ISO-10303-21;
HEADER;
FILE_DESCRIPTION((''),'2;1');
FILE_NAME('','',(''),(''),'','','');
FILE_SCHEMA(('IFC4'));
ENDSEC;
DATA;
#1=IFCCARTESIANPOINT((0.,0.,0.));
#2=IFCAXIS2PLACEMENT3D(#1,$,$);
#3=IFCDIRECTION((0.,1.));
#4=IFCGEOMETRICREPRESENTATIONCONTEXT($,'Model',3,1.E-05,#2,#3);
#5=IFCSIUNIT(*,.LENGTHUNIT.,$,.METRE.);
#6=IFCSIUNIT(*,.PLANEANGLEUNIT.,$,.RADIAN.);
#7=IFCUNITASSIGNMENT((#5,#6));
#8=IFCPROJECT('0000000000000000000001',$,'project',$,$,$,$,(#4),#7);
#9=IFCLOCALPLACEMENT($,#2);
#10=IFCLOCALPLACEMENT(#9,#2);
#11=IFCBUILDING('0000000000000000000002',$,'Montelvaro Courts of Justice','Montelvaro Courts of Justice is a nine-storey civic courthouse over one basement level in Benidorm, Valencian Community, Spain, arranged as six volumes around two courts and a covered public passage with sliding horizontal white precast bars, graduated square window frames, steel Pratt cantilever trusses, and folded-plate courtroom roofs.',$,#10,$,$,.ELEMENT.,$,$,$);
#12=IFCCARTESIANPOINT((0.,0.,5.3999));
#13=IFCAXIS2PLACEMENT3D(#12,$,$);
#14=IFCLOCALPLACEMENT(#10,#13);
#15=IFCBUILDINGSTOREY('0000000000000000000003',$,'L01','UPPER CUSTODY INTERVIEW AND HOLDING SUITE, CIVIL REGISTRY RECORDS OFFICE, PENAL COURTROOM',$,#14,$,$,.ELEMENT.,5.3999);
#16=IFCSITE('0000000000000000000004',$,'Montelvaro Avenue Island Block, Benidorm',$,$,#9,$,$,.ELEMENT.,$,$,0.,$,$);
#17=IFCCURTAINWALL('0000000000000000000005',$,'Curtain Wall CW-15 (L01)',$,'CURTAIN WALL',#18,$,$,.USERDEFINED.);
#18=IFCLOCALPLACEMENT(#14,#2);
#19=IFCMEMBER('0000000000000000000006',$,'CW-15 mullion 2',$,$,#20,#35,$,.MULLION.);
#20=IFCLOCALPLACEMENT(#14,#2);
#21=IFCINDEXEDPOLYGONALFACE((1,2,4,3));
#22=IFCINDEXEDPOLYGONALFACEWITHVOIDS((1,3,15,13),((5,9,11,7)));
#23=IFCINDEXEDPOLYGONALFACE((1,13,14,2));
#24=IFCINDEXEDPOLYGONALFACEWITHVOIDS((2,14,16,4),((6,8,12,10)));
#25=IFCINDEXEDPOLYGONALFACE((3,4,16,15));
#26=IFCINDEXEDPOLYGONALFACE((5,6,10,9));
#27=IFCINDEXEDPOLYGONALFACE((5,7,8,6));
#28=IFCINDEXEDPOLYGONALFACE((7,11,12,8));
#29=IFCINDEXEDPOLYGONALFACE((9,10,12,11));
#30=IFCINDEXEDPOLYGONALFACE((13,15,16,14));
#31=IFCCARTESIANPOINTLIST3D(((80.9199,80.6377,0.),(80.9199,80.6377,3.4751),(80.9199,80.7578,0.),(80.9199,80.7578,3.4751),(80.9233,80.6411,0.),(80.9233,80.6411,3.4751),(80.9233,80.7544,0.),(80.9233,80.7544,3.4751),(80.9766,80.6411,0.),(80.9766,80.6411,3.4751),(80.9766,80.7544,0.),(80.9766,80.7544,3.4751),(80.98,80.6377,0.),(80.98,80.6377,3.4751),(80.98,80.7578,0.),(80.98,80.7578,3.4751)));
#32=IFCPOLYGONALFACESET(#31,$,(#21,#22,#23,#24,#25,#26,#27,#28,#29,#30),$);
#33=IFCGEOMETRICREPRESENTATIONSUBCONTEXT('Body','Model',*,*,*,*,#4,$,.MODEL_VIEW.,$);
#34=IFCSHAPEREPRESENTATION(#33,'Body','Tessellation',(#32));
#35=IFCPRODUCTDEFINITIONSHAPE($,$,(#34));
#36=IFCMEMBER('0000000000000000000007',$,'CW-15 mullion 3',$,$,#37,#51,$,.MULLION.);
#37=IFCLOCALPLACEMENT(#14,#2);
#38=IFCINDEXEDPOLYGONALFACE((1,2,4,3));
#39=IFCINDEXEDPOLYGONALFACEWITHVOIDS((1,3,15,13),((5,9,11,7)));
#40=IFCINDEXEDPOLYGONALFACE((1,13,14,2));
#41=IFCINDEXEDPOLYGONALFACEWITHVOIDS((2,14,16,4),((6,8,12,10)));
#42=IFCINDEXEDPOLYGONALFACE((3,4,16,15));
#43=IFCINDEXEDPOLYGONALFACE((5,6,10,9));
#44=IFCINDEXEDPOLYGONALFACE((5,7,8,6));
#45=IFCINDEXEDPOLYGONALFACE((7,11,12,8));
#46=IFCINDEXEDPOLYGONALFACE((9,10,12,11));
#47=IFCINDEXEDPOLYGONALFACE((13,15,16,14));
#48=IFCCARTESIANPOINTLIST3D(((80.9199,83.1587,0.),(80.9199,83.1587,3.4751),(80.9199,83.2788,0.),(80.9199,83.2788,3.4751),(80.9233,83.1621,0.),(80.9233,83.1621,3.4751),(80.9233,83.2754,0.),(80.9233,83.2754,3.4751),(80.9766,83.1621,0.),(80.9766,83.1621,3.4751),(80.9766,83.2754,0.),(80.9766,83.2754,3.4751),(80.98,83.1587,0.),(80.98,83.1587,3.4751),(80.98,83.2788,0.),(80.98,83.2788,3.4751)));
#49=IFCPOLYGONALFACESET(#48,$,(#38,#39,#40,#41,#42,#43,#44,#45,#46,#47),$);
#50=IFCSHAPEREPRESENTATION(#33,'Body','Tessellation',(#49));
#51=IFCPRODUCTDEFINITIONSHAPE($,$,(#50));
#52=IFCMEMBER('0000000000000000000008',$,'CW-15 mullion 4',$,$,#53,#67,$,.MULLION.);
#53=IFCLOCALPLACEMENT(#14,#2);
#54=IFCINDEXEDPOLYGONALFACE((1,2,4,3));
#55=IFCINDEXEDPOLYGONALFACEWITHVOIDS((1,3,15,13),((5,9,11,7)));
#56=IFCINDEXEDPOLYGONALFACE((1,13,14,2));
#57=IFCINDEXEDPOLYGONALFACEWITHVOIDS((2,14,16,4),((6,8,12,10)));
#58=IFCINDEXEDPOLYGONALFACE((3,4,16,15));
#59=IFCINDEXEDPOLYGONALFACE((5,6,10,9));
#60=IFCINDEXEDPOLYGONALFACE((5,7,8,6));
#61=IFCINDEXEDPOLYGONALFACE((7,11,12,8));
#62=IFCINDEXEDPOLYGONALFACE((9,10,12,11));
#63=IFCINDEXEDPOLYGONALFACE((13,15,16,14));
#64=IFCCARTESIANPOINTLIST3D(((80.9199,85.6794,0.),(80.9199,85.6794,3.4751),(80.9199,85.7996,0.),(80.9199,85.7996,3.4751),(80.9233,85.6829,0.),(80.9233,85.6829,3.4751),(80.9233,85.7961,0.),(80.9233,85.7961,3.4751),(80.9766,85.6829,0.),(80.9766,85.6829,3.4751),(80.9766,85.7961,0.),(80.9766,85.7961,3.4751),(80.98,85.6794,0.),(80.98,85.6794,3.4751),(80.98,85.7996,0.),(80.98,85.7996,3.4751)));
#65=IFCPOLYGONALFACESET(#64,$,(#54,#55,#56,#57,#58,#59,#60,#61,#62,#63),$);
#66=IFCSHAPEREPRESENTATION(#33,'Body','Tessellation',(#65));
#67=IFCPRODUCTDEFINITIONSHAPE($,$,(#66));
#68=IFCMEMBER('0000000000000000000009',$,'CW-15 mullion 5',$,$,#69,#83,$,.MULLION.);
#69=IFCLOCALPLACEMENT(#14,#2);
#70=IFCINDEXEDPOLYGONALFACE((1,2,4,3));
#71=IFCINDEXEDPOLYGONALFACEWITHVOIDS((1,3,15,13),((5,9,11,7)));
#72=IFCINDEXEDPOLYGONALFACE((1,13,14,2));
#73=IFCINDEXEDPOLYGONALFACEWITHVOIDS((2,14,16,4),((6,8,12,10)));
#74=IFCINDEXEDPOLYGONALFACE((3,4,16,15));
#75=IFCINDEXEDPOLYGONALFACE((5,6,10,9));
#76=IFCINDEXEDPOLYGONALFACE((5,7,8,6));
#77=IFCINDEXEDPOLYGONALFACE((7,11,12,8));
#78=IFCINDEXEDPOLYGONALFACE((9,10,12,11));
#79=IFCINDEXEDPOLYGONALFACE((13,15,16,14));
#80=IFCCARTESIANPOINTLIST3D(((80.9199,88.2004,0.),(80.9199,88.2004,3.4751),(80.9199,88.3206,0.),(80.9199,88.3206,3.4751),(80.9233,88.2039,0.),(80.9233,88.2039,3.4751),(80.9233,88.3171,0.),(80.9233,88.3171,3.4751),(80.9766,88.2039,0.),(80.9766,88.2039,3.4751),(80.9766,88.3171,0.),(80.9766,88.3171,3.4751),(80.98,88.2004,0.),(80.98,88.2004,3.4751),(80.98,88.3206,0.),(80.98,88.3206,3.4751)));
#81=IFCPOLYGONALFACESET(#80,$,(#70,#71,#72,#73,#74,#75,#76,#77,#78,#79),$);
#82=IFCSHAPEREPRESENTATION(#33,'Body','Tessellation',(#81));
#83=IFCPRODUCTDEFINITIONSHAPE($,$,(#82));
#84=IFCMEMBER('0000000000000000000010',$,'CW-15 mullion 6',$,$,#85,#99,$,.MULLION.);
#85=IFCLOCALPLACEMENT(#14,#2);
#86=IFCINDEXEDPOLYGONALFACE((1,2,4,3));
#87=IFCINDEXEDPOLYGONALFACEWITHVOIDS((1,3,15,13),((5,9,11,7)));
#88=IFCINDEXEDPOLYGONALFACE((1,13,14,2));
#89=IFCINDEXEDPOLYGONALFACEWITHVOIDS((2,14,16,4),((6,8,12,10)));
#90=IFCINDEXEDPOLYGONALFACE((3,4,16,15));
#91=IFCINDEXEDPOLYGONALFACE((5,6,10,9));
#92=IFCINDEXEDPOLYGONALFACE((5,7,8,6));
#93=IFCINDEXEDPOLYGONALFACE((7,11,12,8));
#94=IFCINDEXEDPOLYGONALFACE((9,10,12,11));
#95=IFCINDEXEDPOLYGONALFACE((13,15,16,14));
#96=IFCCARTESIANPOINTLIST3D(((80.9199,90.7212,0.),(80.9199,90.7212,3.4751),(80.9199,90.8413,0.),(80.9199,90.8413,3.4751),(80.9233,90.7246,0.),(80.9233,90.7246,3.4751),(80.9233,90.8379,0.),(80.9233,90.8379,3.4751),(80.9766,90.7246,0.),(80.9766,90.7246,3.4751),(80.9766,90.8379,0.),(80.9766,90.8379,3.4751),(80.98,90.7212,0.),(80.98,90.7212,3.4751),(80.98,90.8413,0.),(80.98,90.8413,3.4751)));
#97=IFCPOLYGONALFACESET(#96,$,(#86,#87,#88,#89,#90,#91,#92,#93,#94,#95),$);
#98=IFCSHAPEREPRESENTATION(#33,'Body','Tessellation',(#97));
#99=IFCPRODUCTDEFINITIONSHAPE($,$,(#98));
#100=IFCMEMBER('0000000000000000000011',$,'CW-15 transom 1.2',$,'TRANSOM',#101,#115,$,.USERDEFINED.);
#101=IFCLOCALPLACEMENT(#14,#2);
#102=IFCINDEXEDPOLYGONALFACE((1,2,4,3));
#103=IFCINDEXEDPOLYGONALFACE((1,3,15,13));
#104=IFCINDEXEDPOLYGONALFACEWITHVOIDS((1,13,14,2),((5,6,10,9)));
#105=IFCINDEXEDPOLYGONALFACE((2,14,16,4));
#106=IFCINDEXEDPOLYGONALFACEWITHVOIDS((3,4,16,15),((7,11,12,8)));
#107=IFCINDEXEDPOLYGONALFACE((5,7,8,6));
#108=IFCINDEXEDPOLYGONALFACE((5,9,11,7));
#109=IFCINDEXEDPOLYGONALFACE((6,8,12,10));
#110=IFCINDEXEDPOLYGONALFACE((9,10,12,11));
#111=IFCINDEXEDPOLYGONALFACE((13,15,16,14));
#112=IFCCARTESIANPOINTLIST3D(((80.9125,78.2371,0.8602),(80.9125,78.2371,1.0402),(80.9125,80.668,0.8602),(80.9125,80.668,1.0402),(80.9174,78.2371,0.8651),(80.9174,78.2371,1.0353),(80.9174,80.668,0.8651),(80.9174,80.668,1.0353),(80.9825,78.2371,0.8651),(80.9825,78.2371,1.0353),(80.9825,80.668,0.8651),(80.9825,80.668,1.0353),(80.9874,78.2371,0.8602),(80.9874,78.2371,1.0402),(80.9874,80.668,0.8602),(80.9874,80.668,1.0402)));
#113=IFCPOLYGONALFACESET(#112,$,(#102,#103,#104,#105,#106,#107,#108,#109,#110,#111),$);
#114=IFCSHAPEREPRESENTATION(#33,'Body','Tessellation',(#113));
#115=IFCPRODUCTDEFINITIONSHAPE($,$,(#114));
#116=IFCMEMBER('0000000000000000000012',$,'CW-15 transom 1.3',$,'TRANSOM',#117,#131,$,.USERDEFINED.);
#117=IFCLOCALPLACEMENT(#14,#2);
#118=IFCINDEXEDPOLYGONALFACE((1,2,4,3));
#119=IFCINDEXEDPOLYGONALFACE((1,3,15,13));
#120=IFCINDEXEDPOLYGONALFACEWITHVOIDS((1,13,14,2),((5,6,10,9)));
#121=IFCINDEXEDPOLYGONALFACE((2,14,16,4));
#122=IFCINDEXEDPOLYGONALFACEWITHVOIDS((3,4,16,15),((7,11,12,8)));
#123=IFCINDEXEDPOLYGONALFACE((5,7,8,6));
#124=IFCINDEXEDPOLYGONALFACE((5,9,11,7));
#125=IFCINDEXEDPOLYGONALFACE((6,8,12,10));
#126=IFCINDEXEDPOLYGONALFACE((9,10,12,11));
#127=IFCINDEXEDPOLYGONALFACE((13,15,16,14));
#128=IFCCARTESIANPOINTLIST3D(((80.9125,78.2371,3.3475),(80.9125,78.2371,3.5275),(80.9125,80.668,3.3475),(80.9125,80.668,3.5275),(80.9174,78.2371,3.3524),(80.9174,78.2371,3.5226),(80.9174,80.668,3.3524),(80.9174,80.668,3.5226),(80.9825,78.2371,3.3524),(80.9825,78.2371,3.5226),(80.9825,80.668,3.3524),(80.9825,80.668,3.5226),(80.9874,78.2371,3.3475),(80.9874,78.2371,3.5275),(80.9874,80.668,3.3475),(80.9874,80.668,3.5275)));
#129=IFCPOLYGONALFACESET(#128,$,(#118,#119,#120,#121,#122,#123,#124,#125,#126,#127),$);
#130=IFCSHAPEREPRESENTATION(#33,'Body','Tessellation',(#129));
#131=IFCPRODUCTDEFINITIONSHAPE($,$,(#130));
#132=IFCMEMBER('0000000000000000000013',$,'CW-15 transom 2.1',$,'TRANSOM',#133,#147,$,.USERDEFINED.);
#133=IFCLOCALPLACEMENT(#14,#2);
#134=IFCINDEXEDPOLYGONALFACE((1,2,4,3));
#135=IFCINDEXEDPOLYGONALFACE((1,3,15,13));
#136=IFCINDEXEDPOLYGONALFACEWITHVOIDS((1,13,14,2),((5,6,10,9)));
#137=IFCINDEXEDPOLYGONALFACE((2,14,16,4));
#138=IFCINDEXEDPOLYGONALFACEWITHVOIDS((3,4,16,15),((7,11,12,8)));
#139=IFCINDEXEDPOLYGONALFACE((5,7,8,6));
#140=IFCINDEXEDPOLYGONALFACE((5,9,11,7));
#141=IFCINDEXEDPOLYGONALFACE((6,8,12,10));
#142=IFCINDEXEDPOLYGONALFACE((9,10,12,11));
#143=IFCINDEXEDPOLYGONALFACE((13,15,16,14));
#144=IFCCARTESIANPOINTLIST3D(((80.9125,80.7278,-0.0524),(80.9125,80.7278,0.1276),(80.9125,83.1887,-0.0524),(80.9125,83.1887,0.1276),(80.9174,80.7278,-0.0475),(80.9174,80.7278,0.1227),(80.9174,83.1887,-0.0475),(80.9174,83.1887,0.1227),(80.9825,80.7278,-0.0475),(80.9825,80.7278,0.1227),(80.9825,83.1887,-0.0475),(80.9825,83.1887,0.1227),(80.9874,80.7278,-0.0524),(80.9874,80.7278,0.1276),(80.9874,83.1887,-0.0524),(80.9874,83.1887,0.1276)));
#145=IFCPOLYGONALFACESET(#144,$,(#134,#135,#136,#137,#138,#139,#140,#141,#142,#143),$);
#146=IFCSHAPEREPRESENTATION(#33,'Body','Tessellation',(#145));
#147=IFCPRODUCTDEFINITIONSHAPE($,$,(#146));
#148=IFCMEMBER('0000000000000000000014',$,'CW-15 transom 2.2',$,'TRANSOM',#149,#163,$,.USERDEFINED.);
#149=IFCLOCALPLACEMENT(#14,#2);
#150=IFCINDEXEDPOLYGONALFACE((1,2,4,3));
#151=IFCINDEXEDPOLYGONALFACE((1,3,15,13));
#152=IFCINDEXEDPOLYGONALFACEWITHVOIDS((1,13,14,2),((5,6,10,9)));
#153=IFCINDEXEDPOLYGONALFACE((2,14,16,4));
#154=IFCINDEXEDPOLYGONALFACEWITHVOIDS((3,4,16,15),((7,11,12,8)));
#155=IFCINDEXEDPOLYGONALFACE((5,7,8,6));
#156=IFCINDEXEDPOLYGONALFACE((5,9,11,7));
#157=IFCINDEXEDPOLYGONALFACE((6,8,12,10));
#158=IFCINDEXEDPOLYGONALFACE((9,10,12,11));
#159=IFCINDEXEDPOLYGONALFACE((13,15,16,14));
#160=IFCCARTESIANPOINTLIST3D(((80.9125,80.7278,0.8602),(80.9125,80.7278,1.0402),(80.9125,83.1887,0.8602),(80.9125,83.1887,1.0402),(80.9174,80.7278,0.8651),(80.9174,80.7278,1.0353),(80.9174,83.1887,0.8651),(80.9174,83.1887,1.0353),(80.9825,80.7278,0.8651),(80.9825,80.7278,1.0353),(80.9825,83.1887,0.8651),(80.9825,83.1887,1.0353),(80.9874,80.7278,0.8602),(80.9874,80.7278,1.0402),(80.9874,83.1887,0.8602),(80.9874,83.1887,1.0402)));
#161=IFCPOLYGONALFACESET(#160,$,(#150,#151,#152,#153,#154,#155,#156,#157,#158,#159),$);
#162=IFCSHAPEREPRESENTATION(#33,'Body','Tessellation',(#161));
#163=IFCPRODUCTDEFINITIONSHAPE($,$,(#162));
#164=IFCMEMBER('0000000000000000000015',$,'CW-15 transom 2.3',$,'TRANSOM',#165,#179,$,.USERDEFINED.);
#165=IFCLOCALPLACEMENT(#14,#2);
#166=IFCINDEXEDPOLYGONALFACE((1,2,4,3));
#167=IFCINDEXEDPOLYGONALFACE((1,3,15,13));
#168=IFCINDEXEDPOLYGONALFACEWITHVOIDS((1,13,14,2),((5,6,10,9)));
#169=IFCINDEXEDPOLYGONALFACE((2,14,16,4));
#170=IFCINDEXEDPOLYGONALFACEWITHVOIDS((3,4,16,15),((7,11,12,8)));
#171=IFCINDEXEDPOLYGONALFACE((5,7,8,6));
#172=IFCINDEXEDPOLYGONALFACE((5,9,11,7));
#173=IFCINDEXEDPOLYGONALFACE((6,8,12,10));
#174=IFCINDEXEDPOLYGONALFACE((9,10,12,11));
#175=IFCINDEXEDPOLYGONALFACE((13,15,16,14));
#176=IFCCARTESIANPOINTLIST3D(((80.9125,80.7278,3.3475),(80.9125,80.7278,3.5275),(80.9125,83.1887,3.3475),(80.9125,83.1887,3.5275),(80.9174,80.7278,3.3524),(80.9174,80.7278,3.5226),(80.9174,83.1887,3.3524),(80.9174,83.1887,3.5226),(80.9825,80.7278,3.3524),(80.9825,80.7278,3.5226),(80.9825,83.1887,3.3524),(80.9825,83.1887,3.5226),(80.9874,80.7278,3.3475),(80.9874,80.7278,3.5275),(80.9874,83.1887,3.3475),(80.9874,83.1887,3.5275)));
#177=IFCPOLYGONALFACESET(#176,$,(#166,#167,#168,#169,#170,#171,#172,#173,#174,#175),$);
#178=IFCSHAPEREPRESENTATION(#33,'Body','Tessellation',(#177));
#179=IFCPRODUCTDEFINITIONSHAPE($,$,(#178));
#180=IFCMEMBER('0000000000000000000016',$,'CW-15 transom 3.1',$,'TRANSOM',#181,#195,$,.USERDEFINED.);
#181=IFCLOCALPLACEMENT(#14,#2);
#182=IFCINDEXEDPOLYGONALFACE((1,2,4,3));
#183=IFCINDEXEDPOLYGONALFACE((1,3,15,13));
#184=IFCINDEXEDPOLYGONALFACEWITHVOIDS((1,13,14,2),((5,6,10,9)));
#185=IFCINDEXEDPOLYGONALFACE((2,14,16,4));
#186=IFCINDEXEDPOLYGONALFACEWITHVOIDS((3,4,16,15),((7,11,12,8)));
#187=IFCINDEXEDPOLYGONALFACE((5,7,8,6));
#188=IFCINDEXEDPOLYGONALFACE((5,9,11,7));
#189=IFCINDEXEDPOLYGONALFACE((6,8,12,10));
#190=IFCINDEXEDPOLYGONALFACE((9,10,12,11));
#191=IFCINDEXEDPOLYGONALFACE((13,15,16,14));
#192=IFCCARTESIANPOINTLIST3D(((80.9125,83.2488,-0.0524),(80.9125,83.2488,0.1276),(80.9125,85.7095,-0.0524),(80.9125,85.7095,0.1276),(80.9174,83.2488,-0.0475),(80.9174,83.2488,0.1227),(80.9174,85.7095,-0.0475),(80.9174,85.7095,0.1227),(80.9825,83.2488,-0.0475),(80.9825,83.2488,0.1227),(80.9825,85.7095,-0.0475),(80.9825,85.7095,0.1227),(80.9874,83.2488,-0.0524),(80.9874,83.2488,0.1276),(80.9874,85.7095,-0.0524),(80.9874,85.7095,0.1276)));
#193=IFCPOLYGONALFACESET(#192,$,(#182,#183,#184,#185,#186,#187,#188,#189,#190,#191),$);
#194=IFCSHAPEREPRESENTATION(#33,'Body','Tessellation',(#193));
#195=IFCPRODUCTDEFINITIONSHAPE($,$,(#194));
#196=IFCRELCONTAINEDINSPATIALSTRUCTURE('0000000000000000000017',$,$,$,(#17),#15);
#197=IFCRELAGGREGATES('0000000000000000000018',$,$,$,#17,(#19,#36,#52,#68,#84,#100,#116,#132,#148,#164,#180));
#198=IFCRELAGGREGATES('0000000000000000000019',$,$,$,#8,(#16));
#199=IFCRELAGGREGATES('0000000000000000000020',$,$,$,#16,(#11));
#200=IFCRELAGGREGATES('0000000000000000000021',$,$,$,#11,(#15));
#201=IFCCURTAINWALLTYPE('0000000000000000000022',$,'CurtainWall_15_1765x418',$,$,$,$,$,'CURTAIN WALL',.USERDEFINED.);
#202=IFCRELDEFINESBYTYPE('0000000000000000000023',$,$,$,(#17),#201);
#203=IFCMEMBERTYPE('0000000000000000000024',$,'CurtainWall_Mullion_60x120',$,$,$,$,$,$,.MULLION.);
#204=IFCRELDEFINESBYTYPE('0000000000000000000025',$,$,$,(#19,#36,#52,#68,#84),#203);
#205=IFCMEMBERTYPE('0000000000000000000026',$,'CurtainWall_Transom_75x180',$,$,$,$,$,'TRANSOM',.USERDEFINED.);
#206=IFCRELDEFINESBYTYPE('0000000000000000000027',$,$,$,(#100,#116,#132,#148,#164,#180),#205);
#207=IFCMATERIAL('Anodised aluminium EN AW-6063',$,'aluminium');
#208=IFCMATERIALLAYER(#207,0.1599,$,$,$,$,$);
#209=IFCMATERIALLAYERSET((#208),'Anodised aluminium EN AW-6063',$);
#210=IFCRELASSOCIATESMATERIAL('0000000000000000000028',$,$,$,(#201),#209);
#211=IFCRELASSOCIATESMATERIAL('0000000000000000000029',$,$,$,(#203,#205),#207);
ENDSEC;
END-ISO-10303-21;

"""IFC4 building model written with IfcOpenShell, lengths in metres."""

from ifc_helpers import new_model, si_unit, direction, frame, origin, origin_2d, place, context, subcontext, project, spatial, hollow_rectangle, extrude, material, layer, layer_set, material_profile, profile_set, type_object, element, aggregate, save


model = new_model("IFC4")

# Units and contexts
model_context = context("Model", 3, precision=1e-05, world=origin(), true_north=direction((0.0, 1.0)))
body_context = subcontext(model_context, "Body", "Model", "MODEL_VIEW")
ifc_project = project(units=[si_unit("LENGTHUNIT", "METRE"), si_unit("PLANEANGLEUNIT", "RADIAN")], contexts=[model_context])

# Site, building, storey
site_placement = place(None, origin())
site = spatial("IfcSite", under=ifc_project, at=site_placement, Name="Montelvaro Avenue Island Block, Benidorm", CompositionType="ELEMENT", RefElevation=0.0)
building_placement = place(site_placement, origin())
building = spatial("IfcBuilding", under=site, at=building_placement, Name="Montelvaro Courts of Justice", Description="Montelvaro Courts of Justice is a nine-storey civic courthouse over one basement level in Benidorm, Valencian Community, Spain, arranged as six volumes around two courts and a covered public passage with sliding horizontal white precast bars, graduated square window frames, steel Pratt cantilever trusses, and folded-plate courtroom roofs.", CompositionType="ELEMENT")
storey_placement = place(building_placement, frame((0.0, 0.0, 5.3999)))
storey = spatial("IfcBuildingStorey", under=building, at=storey_placement, Name="L01", Description="UPPER CUSTODY INTERVIEW AND HOLDING SUITE, CIVIL REGISTRY RECORDS OFFICE, PENAL COURTROOM", CompositionType="ELEMENT", Elevation=5.3999)

# Curtain wall, members
ifc_material_1 = material(Name="Anodised aluminium EN AW-6063", Category="aluminium")
ifc_layer_1 = layer(ifc_material_1, 0.1599)
ifc_layer_set_1 = layer_set([ifc_layer_1], Name="Anodised aluminium EN AW-6063")
curtain_wall_type = type_object("IfcCurtainWallType", Name="CurtainWall_15_1765x418", ElementType="CURTAIN WALL", PredefinedType="USERDEFINED", material=ifc_layer_set_1)
curtain_wall_placement = place(storey_placement, origin())
curtain_wall = element("IfcCurtainWall", 1, at=curtain_wall_placement, inside=storey, type_object=curtain_wall_type, Name="Curtain Wall CW-15 (L01)", ObjectType="CURTAIN WALL", PredefinedType="USERDEFINED")
ifc_material_profile_1 = material_profile(ifc_material_1, hollow_rectangle(XDim=0.0601, YDim=0.1201, WallThickness=0.0034, at=origin_2d()), Name="ALU-M 60x120")
ifc_profile_set_1 = profile_set([ifc_material_profile_1], Name="Anodised aluminium EN AW-6063")
member_type_1 = type_object("IfcMemberType", Name="CurtainWall_Mullion_60x120", PredefinedType="MULLION", material=ifc_profile_set_1)
member_1_placement = place(storey_placement, frame((80.95, 80.6978, 0.0), z_axis=(0.0, 0.0, 1.0), x_axis=(-1.0, 0.0, 0.0)))
member_1 = element("IfcMember", 2, at=member_1_placement, type_object=member_type_1, Name="CW-15 mullion 2", PredefinedType="MULLION", context=body_context, shape_type="SweptSolid", body=[
    extrude(hollow_rectangle(XDim=0.0601, YDim=0.1201, WallThickness=0.0034, at=origin_2d()), origin(), (0.0, 0.0, 1.0), 3.4751),
])
member_2_placement = place(storey_placement, frame((80.95, 83.2188, 0.0), z_axis=(0.0, 0.0, 1.0), x_axis=(-1.0, 0.0, 0.0)))
member_2 = element("IfcMember", 3, at=member_2_placement, type_object=member_type_1, Name="CW-15 mullion 3", PredefinedType="MULLION", context=body_context, shape_type="SweptSolid", body=[
    extrude(hollow_rectangle(XDim=0.0601, YDim=0.1201, WallThickness=0.0034, at=origin_2d()), origin(), (0.0, 0.0, 1.0), 3.4751),
])
member_3_placement = place(storey_placement, frame((80.95, 85.7395, 0.0), z_axis=(0.0, 0.0, 1.0), x_axis=(-1.0, 0.0, 0.0)))
member_3 = element("IfcMember", 4, at=member_3_placement, type_object=member_type_1, Name="CW-15 mullion 4", PredefinedType="MULLION", context=body_context, shape_type="SweptSolid", body=[
    extrude(hollow_rectangle(XDim=0.0601, YDim=0.1201, WallThickness=0.0034, at=origin_2d()), origin(), (0.0, 0.0, 1.0), 3.4751),
])
member_4_placement = place(storey_placement, frame((80.95, 88.2605, 0.0), z_axis=(0.0, 0.0, 1.0), x_axis=(-1.0, 0.0, 0.0)))
member_4 = element("IfcMember", 5, at=member_4_placement, type_object=member_type_1, Name="CW-15 mullion 5", PredefinedType="MULLION", context=body_context, shape_type="SweptSolid", body=[
    extrude(hollow_rectangle(XDim=0.0601, YDim=0.1201, WallThickness=0.0034, at=origin_2d()), origin(), (0.0, 0.0, 1.0), 3.4751),
])
member_5_placement = place(storey_placement, frame((80.95, 90.7812, 0.0), z_axis=(0.0, 0.0, 1.0), x_axis=(-1.0, 0.0, 0.0)))
member_5 = element("IfcMember", 6, at=member_5_placement, type_object=member_type_1, Name="CW-15 mullion 6", PredefinedType="MULLION", context=body_context, shape_type="SweptSolid", body=[
    extrude(hollow_rectangle(XDim=0.0601, YDim=0.1201, WallThickness=0.0034, at=origin_2d()), origin(), (0.0, 0.0, 1.0), 3.4751),
])
ifc_material_profile_2 = material_profile(ifc_material_1, hollow_rectangle(XDim=0.075, YDim=0.1799, WallThickness=0.0049, at=origin_2d()), Name="ALU-T 75x180")
ifc_profile_set_2 = profile_set([ifc_material_profile_2], Name="Anodised aluminium EN AW-6063")
member_type_2 = type_object("IfcMemberType", Name="CurtainWall_Transom_75x180", ElementType="TRANSOM", PredefinedType="USERDEFINED", material=ifc_profile_set_2)
member_6_placement = place(storey_placement, frame((80.95, 78.2371, 0.9502), z_axis=(0.0, 1.0, 0.0), x_axis=(-1.0, 0.0, 0.0)))
member_6 = element("IfcMember", 7, at=member_6_placement, type_object=member_type_2, Name="CW-15 transom 1.2", ObjectType="TRANSOM", PredefinedType="USERDEFINED", context=body_context, shape_type="SweptSolid", body=[
    extrude(hollow_rectangle(XDim=0.075, YDim=0.1799, WallThickness=0.0049, at=origin_2d()), origin(), (0.0, 0.0, 1.0), 2.4309),
])
member_7_placement = place(storey_placement, frame((80.95, 78.2371, 3.4375), z_axis=(0.0, 1.0, 0.0), x_axis=(-1.0, 0.0, 0.0)))
member_7 = element("IfcMember", 8, at=member_7_placement, type_object=member_type_2, Name="CW-15 transom 1.3", ObjectType="TRANSOM", PredefinedType="USERDEFINED", context=body_context, shape_type="SweptSolid", body=[
    extrude(hollow_rectangle(XDim=0.075, YDim=0.1799, WallThickness=0.0049, at=origin_2d()), origin(), (0.0, 0.0, 1.0), 2.4309),
])
member_8_placement = place(storey_placement, frame((80.95, 80.7278, 0.0376), z_axis=(0.0, 1.0, 0.0), x_axis=(-1.0, 0.0, 0.0)))
member_8 = element("IfcMember", 9, at=member_8_placement, type_object=member_type_2, Name="CW-15 transom 2.1", ObjectType="TRANSOM", PredefinedType="USERDEFINED", context=body_context, shape_type="SweptSolid", body=[
    extrude(hollow_rectangle(XDim=0.075, YDim=0.1799, WallThickness=0.0049, at=origin_2d()), origin(), (0.0, 0.0, 1.0), 2.4609),
])
member_9_placement = place(storey_placement, frame((80.95, 80.7278, 0.9502), z_axis=(0.0, 1.0, 0.0), x_axis=(-1.0, 0.0, 0.0)))
member_9 = element("IfcMember", 10, at=member_9_placement, type_object=member_type_2, Name="CW-15 transom 2.2", ObjectType="TRANSOM", PredefinedType="USERDEFINED", context=body_context, shape_type="SweptSolid", body=[
    extrude(hollow_rectangle(XDim=0.075, YDim=0.1799, WallThickness=0.0049, at=origin_2d()), origin(), (0.0, 0.0, 1.0), 2.4609),
])
member_10_placement = place(storey_placement, frame((80.95, 80.7278, 3.4375), z_axis=(0.0, 1.0, 0.0), x_axis=(-1.0, 0.0, 0.0)))
member_10 = element("IfcMember", 11, at=member_10_placement, type_object=member_type_2, Name="CW-15 transom 2.3", ObjectType="TRANSOM", PredefinedType="USERDEFINED", context=body_context, shape_type="SweptSolid", body=[
    extrude(hollow_rectangle(XDim=0.075, YDim=0.1799, WallThickness=0.0049, at=origin_2d()), origin(), (0.0, 0.0, 1.0), 2.4609),
])
member_11_placement = place(storey_placement, frame((80.95, 83.2488, 0.0376), z_axis=(0.0, 1.0, 0.0), x_axis=(-1.0, 0.0, 0.0)))
member_11 = element("IfcMember", 12, at=member_11_placement, type_object=member_type_2, Name="CW-15 transom 3.1", ObjectType="TRANSOM", PredefinedType="USERDEFINED", context=body_context, shape_type="SweptSolid", body=[
    extrude(hollow_rectangle(XDim=0.075, YDim=0.1799, WallThickness=0.0049, at=origin_2d()), origin(), (0.0, 0.0, 1.0), 2.4607),
])
aggregate(curtain_wall, [member_1, member_2, member_3, member_4, member_5, member_6, member_7, member_8, member_9, member_10, member_11])

save(model, "model.ifc")
